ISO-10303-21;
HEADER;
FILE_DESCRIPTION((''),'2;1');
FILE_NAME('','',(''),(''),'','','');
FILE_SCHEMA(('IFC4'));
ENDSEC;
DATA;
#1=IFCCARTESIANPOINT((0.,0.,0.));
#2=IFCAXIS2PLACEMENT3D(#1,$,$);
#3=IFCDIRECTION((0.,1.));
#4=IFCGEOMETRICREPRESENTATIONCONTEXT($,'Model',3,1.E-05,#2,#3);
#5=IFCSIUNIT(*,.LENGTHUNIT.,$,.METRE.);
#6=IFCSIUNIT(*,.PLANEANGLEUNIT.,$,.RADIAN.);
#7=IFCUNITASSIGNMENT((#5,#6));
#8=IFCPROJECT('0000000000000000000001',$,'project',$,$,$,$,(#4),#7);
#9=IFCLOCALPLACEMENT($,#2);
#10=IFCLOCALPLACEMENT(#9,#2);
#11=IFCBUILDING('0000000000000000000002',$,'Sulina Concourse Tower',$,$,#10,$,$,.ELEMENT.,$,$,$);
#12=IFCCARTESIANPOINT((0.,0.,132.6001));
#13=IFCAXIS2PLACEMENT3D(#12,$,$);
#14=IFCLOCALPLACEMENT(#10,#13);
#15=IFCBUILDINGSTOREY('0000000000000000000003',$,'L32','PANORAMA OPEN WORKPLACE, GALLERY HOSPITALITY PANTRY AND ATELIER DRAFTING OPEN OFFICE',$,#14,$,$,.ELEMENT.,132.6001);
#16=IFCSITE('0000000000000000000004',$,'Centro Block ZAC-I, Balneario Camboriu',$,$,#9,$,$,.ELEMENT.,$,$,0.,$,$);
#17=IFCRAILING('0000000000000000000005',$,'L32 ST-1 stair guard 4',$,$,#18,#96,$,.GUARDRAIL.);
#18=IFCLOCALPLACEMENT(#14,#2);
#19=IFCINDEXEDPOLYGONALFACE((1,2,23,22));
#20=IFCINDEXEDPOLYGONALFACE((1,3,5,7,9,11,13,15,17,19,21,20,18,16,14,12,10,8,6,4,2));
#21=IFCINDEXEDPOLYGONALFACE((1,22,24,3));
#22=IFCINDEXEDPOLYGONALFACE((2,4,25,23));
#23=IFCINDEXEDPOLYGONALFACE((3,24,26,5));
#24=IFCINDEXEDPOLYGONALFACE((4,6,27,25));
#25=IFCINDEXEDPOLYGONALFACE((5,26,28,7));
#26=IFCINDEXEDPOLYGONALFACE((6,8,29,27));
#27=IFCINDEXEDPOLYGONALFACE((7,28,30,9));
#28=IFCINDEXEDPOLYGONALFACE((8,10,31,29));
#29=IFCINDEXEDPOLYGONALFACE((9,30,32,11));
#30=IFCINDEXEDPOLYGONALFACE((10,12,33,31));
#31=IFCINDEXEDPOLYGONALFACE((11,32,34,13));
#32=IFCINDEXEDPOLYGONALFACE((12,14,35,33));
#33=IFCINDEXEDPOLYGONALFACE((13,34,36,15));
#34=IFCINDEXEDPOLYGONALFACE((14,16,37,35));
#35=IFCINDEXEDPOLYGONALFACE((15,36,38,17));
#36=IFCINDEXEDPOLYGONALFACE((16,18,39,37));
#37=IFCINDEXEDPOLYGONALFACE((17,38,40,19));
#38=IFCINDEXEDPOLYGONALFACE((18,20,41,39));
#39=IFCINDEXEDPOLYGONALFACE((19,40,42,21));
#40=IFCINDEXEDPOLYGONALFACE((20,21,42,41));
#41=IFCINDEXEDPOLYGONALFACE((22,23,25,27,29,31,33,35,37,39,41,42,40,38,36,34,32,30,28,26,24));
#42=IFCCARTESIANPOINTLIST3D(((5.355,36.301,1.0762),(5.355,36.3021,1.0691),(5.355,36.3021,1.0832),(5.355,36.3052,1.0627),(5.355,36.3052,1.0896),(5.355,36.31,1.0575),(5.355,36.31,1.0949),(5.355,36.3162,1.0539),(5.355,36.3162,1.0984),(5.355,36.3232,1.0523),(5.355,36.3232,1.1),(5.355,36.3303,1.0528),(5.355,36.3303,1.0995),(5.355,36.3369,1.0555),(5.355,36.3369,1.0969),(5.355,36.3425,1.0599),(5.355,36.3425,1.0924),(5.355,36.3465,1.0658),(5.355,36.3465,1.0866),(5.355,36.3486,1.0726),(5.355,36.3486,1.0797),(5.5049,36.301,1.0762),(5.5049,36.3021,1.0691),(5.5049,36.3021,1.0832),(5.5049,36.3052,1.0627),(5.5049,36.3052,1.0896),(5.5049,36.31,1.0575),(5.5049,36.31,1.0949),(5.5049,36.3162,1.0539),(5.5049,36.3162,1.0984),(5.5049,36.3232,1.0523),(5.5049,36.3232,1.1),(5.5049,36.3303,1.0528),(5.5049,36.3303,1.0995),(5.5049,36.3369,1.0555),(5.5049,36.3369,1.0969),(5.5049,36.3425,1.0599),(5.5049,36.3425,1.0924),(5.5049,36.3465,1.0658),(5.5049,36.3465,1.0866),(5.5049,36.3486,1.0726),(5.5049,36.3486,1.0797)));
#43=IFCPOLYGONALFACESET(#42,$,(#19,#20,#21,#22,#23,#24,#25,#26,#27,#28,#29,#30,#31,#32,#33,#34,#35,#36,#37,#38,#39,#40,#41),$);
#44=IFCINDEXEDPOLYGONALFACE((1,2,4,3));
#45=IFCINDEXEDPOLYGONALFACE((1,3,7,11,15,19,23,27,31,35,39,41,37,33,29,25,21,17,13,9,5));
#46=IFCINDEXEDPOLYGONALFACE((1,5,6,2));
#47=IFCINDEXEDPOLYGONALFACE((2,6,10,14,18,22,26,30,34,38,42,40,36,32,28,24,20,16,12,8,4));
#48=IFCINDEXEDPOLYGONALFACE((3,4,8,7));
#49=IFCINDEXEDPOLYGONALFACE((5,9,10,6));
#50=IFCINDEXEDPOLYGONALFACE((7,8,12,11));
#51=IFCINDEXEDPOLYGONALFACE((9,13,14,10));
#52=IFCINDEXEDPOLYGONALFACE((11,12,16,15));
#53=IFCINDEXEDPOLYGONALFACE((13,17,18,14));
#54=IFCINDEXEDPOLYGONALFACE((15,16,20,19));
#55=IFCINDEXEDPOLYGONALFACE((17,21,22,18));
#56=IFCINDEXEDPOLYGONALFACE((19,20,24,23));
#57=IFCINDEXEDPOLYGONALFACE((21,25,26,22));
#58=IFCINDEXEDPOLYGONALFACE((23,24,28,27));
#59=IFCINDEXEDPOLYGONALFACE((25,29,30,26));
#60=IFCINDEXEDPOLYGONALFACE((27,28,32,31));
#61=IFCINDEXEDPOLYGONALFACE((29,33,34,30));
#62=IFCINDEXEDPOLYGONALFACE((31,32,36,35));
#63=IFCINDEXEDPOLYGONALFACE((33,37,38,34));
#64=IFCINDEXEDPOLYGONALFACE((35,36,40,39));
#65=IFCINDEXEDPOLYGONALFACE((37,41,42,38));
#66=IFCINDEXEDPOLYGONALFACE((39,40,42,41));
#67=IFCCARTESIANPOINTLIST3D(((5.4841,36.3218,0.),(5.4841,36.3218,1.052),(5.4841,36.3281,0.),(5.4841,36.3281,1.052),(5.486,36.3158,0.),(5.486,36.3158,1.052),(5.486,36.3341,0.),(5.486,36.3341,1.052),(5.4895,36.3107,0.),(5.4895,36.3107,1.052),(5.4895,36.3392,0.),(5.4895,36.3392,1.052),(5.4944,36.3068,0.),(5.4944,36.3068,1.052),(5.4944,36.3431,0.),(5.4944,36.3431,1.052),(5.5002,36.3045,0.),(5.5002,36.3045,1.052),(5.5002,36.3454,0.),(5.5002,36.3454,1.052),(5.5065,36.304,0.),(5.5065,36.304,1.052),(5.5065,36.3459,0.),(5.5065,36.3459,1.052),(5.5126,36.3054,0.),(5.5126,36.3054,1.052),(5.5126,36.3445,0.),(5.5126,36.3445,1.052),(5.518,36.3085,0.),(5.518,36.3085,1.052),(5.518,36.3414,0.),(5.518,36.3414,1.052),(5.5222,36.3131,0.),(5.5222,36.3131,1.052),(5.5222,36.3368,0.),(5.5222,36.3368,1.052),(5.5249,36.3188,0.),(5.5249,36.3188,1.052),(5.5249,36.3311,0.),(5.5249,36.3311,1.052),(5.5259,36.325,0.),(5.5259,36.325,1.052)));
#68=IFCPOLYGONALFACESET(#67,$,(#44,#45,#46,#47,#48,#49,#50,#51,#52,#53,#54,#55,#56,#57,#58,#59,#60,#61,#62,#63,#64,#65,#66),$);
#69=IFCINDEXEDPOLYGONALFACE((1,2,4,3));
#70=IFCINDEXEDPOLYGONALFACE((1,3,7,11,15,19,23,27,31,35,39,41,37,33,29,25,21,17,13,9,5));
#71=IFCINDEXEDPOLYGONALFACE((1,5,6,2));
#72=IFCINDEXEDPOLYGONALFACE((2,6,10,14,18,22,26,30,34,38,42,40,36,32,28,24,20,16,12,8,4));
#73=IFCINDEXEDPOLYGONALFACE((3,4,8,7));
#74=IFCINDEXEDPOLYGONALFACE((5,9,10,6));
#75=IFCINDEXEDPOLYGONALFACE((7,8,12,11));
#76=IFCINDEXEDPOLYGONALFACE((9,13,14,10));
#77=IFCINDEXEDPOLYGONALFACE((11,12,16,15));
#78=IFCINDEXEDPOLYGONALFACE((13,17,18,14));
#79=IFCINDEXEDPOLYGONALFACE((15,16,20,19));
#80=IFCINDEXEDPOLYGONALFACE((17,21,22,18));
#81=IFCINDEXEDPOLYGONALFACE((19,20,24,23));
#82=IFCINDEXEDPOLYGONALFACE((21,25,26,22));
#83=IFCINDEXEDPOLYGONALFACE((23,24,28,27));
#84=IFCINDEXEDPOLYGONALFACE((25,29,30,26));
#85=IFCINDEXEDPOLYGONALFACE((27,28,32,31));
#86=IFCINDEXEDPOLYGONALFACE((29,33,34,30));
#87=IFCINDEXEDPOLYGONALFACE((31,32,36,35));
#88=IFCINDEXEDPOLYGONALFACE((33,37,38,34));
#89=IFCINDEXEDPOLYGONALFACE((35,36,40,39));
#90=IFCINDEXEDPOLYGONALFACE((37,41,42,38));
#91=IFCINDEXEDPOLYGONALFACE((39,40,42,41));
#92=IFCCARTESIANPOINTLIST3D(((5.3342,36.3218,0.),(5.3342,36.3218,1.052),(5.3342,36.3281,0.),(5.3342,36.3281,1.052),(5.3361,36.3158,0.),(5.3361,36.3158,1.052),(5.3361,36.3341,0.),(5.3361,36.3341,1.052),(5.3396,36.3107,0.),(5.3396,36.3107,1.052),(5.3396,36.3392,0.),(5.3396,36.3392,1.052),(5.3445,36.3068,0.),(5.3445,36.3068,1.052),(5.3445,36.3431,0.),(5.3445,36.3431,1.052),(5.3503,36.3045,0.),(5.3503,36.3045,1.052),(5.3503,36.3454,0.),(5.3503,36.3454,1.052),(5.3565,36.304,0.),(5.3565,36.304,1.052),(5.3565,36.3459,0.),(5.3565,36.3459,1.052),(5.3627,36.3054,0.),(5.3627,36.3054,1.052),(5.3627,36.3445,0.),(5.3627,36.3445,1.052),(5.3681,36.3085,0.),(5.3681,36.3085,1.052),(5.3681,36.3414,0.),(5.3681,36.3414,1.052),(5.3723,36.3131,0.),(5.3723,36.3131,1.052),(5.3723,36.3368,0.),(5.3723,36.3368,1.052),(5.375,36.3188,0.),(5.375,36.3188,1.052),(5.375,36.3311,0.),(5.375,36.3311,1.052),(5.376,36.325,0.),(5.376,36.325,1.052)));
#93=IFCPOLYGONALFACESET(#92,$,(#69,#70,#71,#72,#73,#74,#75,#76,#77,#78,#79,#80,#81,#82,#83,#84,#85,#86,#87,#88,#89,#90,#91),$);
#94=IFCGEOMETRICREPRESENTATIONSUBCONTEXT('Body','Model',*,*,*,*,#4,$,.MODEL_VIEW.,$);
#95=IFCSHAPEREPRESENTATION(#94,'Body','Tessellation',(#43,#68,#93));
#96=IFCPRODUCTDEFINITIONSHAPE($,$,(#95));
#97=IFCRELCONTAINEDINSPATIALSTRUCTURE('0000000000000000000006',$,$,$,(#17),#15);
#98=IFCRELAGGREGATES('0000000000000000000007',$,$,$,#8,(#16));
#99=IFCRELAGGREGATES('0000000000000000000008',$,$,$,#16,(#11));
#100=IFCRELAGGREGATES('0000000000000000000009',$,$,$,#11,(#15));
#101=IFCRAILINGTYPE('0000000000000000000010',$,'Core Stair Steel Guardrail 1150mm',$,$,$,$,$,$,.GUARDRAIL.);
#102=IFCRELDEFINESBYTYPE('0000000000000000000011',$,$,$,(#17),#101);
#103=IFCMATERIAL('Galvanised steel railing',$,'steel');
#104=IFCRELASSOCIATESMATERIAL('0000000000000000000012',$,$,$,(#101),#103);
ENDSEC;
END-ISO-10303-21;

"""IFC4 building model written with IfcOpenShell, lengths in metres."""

from ifc_helpers import new_model, si_unit, direction, frame, origin, origin_2d, place, context, subcontext, project, spatial, circle, extrude, material, type_object, element, save


model = new_model("IFC4")

# Units and contexts
model_context = context("Model", 3, precision=1e-05, world=origin(), true_north=direction((0.0, 1.0)))
body_context = subcontext(model_context, "Body", "Model", "MODEL_VIEW")
ifc_project = project(units=[si_unit("LENGTHUNIT", "METRE"), si_unit("PLANEANGLEUNIT", "RADIAN")], contexts=[model_context])

# Site, building, storey
site_placement = place(None, origin())
site = spatial("IfcSite", under=ifc_project, at=site_placement, Name="Centro Block ZAC-I, Balneario Camboriu", CompositionType="ELEMENT", RefElevation=0.0)
building_placement = place(site_placement, origin())
building = spatial("IfcBuilding", under=site, at=building_placement, Name="Sulina Concourse Tower", CompositionType="ELEMENT")
storey_placement = place(building_placement, frame((0.0, 0.0, 132.6001)))
storey = spatial("IfcBuildingStorey", under=building, at=storey_placement, Name="L32", Description="PANORAMA OPEN WORKPLACE, GALLERY HOSPITALITY PANTRY AND ATELIER DRAFTING OPEN OFFICE", CompositionType="ELEMENT", Elevation=132.6001)

# Railing
ifc_material_1 = material(Name="Galvanised steel railing", Category="steel")
railing_type_1 = type_object("IfcRailingType", Name="Core Stair Steel Guardrail 1150mm", PredefinedType="GUARDRAIL", material=ifc_material_1)
railing_1_placement = place(storey_placement, frame((5.5049, 36.325, 0.0)))
element("IfcRailing", 1, at=railing_1_placement, inside=storey, type_object=railing_type_1, Name="L32 ST-1 stair guard 4", PredefinedType="GUARDRAIL", context=body_context, shape_type="SweptSolid", body=[
    extrude(circle(Radius=0.0239, at=origin_2d()), frame((0.0, 0.0, 1.0762), z_axis=(-1.0, 0.0, 0.0), x_axis=(0.0, -1.0, 0.0)), (0.0, 0.0, 1.0), 0.1499),
    extrude(circle(Radius=0.021, at=origin_2d()), origin(), (0.0, 0.0, 1.0), 1.052),
    extrude(circle(Radius=0.021, at=origin_2d()), frame((-0.1499, 0.0, 0.0)), (0.0, 0.0, 1.0), 1.052),
])

save(model, "model.ifc")
